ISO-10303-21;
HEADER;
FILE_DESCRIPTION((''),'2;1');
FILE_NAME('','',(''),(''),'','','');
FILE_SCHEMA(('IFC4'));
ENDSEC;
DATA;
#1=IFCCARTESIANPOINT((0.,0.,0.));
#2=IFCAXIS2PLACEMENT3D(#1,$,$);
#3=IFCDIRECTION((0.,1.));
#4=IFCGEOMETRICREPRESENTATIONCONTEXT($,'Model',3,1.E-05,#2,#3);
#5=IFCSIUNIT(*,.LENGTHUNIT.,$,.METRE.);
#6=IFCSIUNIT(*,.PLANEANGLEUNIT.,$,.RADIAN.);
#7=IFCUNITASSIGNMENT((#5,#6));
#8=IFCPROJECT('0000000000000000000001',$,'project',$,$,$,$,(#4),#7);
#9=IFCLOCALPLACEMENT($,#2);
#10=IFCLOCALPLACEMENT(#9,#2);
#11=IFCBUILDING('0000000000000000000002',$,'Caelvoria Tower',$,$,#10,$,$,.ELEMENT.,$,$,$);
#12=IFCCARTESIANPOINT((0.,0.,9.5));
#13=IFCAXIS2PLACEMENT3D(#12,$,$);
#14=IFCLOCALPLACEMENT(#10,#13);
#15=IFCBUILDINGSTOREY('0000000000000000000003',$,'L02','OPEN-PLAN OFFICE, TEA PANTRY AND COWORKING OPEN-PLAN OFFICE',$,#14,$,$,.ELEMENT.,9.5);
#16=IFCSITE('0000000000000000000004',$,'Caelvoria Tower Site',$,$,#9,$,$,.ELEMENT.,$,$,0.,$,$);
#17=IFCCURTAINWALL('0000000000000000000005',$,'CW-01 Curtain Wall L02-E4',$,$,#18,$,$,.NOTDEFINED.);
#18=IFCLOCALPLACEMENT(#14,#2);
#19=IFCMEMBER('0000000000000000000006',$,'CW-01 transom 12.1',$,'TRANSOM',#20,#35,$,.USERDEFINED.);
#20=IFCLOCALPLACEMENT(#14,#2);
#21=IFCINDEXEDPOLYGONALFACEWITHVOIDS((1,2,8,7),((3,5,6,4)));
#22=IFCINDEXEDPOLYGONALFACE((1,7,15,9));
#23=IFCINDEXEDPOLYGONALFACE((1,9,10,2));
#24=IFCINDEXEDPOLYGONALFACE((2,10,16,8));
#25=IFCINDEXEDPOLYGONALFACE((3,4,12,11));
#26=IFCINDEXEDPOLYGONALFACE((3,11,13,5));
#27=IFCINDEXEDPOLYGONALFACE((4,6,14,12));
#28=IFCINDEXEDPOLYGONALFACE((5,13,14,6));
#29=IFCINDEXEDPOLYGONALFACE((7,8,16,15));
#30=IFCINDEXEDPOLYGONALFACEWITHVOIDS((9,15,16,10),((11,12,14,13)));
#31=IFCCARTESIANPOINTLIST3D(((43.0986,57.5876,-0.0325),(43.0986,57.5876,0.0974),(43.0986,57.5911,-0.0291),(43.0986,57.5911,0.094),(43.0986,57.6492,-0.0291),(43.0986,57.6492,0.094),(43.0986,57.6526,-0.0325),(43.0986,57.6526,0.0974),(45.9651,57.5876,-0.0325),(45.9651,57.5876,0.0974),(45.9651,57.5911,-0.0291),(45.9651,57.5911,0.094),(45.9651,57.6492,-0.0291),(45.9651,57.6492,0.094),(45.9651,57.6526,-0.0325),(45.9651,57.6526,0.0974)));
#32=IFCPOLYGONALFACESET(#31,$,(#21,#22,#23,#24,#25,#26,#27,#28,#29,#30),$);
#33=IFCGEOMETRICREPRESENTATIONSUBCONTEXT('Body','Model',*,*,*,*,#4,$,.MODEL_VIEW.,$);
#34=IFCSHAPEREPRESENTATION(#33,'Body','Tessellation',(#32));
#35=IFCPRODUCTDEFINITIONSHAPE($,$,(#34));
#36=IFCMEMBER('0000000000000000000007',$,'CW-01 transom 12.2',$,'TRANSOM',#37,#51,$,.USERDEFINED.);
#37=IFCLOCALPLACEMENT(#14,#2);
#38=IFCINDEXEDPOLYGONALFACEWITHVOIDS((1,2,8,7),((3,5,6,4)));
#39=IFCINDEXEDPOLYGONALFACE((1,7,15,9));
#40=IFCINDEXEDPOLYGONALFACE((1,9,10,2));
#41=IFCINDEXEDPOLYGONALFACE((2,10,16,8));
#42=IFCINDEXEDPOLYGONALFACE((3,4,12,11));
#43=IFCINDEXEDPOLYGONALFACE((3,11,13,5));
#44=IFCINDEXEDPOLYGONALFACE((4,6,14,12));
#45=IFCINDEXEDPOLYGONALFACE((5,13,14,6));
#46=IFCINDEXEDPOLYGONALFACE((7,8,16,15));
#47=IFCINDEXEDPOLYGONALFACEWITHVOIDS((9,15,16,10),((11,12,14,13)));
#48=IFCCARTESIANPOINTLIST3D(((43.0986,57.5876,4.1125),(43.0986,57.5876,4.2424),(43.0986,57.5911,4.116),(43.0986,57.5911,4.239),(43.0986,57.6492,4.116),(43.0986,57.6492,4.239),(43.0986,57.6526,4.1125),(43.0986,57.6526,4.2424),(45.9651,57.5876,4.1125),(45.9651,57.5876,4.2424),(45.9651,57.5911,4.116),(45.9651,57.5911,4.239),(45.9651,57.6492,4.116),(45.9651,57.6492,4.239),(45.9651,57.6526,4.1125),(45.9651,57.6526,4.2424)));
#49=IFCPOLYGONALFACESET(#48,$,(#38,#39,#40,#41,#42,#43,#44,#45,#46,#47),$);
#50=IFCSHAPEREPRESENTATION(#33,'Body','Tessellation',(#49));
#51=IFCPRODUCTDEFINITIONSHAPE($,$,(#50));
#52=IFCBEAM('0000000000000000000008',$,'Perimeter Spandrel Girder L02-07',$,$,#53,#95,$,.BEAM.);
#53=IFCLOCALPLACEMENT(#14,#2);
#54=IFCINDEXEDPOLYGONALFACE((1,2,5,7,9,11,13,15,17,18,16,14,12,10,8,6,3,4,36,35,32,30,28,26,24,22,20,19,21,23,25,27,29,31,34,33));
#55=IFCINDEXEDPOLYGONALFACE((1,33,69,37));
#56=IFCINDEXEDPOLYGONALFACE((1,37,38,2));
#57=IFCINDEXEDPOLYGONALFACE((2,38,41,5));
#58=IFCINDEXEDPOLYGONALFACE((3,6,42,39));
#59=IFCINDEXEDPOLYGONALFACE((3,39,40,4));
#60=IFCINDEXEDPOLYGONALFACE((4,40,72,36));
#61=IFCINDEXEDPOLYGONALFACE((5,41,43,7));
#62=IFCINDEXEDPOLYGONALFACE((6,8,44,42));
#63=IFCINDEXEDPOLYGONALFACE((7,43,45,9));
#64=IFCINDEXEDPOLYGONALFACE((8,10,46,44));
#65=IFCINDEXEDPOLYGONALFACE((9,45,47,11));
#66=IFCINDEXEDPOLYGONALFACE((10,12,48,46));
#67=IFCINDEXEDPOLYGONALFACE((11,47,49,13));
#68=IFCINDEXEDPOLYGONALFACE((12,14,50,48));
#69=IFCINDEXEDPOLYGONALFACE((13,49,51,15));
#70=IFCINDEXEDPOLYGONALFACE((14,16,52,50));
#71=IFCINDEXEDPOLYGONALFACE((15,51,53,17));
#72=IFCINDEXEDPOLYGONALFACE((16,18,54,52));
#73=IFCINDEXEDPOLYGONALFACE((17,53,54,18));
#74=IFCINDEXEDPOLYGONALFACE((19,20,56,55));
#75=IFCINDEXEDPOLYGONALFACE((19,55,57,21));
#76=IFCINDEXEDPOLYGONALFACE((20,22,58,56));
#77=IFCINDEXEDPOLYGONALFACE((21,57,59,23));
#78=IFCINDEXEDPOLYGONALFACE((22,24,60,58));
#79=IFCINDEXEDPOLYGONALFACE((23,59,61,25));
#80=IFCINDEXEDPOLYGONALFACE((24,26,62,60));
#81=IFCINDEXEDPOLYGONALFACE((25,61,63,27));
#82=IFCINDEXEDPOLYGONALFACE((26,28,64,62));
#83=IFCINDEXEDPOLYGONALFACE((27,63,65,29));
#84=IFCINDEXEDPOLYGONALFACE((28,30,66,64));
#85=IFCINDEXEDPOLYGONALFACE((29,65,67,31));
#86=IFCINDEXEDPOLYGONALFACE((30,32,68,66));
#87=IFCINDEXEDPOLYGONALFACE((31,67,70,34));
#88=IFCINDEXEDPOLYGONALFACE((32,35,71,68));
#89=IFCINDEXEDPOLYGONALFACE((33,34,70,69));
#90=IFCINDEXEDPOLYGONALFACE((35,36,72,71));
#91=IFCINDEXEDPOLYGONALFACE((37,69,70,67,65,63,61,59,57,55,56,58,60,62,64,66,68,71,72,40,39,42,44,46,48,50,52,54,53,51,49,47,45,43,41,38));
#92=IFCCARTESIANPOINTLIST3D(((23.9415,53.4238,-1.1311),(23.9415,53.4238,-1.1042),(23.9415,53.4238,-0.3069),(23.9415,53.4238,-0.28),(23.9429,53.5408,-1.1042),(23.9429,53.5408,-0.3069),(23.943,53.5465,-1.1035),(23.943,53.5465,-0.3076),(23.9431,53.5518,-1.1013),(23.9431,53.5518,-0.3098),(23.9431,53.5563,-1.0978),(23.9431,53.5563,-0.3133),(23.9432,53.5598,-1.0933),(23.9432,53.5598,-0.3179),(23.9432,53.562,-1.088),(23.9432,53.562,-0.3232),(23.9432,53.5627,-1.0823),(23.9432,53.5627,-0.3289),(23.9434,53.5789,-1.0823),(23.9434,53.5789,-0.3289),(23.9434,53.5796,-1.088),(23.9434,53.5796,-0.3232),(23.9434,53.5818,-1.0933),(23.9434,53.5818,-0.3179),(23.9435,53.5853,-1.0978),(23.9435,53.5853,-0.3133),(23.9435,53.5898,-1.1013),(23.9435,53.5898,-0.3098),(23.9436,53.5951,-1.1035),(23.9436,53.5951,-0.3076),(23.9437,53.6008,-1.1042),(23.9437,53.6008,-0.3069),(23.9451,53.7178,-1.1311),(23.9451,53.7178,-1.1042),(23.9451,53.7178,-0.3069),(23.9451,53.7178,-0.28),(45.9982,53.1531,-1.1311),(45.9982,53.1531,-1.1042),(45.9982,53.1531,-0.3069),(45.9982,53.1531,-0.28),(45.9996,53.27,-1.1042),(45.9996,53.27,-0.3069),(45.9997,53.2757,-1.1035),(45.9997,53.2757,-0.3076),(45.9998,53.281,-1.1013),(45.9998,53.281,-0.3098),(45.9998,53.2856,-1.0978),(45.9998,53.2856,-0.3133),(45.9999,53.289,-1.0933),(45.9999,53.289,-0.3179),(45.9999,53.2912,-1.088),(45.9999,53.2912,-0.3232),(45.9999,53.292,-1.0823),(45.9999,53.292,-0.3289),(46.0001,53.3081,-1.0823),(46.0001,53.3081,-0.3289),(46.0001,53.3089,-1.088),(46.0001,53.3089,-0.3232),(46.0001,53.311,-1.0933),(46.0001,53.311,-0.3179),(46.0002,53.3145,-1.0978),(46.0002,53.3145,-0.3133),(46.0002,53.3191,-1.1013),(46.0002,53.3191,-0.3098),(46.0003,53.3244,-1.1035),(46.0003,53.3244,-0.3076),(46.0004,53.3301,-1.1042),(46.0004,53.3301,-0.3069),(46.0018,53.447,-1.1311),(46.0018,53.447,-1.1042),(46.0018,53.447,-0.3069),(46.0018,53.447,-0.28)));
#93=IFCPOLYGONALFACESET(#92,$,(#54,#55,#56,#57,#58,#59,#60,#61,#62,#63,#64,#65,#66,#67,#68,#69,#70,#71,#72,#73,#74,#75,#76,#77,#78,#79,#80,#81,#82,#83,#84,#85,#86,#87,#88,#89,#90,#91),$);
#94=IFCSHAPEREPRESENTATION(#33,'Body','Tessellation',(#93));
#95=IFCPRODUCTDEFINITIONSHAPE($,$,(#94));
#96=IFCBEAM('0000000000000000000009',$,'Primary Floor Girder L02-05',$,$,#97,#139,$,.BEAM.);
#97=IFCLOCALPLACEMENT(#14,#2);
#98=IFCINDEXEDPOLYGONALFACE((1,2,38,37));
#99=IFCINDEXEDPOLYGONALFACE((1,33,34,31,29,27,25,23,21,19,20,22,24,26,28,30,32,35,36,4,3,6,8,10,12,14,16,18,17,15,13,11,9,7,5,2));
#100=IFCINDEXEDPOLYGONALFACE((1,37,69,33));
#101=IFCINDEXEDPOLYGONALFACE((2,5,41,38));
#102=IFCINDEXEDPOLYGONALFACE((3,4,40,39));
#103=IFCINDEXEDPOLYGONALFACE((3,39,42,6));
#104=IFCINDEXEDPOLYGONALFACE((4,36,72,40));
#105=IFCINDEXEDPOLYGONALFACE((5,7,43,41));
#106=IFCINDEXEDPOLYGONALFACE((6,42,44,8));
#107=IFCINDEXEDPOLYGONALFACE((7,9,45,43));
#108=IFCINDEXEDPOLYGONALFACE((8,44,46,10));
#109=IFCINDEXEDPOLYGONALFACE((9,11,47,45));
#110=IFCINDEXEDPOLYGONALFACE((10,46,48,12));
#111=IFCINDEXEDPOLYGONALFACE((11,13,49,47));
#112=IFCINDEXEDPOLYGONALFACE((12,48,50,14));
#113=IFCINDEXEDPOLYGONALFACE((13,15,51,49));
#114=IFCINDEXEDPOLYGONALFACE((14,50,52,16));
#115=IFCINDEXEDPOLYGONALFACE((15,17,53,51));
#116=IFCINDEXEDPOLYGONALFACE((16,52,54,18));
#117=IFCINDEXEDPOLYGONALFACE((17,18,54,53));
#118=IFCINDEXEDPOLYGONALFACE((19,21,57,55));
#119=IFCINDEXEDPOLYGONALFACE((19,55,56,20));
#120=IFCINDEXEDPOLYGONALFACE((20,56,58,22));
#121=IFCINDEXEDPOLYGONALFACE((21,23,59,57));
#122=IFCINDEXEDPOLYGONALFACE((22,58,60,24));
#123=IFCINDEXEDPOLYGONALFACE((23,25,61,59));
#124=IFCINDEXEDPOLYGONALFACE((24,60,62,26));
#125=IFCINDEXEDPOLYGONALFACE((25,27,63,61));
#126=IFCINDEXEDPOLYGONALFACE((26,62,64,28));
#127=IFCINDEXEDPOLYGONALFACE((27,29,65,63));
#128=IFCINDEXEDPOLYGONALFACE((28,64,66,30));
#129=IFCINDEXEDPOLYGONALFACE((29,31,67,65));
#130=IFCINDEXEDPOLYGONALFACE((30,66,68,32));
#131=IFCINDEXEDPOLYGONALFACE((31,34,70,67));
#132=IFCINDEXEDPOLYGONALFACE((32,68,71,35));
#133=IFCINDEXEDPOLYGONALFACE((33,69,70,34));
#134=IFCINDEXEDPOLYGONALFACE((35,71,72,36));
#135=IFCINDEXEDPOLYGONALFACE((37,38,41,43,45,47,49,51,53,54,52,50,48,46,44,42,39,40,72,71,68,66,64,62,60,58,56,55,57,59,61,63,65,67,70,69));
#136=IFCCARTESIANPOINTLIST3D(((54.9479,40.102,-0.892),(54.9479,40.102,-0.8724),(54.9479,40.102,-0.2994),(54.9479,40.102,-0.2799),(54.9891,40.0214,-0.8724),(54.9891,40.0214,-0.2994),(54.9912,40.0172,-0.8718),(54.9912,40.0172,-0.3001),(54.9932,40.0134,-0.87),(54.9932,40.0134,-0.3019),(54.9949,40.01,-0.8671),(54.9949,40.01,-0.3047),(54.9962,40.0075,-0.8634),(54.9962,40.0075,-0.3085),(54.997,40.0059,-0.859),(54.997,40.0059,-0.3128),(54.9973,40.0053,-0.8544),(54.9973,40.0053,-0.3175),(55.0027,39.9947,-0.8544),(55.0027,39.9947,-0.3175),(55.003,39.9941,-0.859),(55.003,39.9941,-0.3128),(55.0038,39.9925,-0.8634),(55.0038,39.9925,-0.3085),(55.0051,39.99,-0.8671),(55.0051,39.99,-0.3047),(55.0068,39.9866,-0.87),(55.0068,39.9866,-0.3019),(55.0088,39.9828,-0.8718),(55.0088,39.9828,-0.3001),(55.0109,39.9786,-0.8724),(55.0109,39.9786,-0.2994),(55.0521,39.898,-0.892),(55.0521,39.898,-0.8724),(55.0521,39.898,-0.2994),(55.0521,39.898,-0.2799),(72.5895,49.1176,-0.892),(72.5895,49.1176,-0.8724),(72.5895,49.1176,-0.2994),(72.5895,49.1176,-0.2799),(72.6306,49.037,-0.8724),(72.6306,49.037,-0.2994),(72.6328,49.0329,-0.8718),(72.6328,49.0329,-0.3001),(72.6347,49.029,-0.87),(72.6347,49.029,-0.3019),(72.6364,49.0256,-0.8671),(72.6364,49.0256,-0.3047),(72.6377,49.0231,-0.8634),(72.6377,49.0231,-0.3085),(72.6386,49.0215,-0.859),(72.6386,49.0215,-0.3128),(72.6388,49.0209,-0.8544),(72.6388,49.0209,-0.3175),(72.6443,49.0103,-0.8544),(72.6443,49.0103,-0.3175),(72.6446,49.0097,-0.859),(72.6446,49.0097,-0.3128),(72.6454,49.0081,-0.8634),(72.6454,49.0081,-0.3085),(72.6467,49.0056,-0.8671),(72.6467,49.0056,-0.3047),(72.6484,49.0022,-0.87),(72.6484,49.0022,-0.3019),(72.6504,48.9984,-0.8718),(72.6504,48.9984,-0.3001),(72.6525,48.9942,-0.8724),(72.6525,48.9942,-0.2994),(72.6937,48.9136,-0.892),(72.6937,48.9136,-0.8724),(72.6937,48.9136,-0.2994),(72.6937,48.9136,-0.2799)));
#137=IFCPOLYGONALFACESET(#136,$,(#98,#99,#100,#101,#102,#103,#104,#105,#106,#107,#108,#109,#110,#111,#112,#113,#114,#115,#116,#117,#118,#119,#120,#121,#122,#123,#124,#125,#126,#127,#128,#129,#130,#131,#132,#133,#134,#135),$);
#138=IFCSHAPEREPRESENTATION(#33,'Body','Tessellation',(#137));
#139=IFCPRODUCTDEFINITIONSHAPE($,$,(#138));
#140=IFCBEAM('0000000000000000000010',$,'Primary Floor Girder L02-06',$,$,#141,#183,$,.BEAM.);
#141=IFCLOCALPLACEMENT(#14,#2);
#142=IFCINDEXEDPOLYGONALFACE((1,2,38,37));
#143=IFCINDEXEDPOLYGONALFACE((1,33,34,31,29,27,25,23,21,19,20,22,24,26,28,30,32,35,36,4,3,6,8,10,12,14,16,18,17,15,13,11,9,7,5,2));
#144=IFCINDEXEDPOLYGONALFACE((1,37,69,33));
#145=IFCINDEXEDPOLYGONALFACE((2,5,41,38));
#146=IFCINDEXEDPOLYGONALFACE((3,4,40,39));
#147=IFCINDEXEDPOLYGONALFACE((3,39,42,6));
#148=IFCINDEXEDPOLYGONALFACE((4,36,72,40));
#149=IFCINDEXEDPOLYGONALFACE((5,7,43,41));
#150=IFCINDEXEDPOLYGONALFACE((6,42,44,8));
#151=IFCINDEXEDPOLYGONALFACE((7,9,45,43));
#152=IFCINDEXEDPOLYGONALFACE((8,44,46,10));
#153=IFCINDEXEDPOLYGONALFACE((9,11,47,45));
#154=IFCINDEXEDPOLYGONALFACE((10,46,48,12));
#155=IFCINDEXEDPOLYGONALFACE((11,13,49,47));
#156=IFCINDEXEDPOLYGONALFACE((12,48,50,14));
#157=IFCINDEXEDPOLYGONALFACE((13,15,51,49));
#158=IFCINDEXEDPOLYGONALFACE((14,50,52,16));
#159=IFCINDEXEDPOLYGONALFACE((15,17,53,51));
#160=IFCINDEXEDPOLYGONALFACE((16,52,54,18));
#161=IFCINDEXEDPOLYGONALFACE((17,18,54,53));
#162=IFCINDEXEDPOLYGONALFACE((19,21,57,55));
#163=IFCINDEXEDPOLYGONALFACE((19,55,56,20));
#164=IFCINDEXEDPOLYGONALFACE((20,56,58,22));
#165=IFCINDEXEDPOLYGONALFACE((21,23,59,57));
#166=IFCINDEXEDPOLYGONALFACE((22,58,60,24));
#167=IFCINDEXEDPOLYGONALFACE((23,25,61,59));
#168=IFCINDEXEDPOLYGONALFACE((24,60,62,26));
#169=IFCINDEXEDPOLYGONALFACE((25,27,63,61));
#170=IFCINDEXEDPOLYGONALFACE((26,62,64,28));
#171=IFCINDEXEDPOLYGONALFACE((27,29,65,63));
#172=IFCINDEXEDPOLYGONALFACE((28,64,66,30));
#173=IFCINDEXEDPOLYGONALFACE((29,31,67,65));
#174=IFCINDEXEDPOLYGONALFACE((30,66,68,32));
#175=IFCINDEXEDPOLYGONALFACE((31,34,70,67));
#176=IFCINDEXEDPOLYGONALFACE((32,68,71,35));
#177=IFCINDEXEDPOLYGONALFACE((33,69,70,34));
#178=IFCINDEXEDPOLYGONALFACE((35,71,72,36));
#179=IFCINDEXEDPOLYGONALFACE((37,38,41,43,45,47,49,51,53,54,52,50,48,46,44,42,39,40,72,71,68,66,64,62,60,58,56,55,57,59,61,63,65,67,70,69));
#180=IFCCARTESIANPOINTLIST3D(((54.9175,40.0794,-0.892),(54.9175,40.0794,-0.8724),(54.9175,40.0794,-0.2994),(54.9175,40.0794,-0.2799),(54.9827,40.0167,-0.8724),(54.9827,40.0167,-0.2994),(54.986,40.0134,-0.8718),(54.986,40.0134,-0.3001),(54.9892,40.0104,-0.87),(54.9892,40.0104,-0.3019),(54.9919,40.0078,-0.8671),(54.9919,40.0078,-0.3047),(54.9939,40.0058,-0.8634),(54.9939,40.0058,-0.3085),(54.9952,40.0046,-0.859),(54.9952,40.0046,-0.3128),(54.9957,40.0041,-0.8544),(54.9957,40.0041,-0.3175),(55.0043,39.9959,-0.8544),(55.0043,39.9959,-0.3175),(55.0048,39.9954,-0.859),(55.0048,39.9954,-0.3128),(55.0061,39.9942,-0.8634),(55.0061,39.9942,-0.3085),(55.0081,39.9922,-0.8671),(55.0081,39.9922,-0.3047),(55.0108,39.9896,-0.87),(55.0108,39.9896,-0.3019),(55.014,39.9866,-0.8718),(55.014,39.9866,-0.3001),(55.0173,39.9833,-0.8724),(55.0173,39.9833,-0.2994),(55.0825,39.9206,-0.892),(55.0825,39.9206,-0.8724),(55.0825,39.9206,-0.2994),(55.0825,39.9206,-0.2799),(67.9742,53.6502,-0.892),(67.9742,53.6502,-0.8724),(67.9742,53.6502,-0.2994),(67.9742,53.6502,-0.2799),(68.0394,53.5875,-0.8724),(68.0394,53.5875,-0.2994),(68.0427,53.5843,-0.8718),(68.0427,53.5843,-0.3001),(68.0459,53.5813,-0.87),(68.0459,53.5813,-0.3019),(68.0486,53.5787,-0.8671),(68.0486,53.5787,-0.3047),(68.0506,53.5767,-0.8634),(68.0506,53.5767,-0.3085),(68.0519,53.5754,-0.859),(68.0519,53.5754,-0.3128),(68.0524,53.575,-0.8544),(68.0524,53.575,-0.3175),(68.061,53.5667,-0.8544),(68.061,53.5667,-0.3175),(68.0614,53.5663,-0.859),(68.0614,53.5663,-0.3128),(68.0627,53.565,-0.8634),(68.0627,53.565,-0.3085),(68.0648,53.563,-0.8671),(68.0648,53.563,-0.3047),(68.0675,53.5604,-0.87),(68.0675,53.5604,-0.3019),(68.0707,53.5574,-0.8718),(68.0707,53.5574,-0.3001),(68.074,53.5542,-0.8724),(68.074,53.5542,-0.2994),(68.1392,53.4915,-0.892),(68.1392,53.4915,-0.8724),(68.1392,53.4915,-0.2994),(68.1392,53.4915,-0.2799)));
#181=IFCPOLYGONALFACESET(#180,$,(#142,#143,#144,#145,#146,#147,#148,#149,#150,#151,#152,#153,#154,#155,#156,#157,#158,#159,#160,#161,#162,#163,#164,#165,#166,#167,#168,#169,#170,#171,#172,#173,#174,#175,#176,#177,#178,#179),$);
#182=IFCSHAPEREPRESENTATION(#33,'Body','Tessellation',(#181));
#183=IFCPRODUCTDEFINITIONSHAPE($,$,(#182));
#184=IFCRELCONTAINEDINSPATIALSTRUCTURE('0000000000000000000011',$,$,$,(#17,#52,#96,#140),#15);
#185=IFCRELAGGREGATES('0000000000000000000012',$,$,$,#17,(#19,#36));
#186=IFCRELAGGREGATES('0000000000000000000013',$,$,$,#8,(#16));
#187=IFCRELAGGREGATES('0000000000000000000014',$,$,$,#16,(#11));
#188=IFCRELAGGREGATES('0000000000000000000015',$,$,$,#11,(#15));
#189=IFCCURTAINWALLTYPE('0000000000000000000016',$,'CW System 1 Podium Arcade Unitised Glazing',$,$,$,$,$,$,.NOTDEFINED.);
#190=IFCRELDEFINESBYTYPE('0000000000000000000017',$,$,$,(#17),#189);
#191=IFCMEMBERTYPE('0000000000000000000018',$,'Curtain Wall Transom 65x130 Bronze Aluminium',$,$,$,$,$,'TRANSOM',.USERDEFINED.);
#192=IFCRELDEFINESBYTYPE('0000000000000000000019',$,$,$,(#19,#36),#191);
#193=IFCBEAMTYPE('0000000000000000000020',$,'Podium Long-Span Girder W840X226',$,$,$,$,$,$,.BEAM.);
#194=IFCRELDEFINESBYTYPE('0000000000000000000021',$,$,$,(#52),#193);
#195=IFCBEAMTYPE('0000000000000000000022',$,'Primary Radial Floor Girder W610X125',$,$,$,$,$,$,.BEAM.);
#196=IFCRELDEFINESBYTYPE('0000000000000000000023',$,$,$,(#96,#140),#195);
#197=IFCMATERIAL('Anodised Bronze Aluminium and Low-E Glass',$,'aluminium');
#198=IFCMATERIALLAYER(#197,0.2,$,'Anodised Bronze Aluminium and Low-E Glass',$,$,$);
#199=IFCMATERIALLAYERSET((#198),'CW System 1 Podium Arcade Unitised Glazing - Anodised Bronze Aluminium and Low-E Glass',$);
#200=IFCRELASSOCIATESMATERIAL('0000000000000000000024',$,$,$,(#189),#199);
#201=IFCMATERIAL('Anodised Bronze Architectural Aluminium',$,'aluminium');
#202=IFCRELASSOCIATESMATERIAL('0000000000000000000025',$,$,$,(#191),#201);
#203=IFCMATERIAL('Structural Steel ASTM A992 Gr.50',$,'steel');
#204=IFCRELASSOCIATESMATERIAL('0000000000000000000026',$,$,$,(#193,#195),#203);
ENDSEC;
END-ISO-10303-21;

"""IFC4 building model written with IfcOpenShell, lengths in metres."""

from ifc_helpers import new_model, si_unit, direction, frame, origin, origin_2d, place, context, subcontext, project, spatial, hollow_rectangle, i_section, extrude, material, layer, layer_set, material_profile, profile_set, type_object, element, aggregate, save


model = new_model("IFC4")

# Units and contexts
model_context = context("Model", 3, precision=1e-05, world=origin(), true_north=direction((0.0, 1.0)))
body_context = subcontext(model_context, "Body", "Model", "MODEL_VIEW")
ifc_project = project(units=[si_unit("LENGTHUNIT", "METRE"), si_unit("PLANEANGLEUNIT", "RADIAN")], contexts=[model_context])

# Site, building, storey
site_placement = place(None, origin())
site = spatial("IfcSite", under=ifc_project, at=site_placement, Name="Caelvoria Tower Site", CompositionType="ELEMENT", RefElevation=0.0)
building_placement = place(site_placement, origin())
building = spatial("IfcBuilding", under=site, at=building_placement, Name="Caelvoria Tower", CompositionType="ELEMENT")
storey_placement = place(building_placement, frame((0.0, 0.0, 9.5)))
storey = spatial("IfcBuildingStorey", under=building, at=storey_placement, Name="L02", Description="OPEN-PLAN OFFICE, TEA PANTRY AND COWORKING OPEN-PLAN OFFICE", CompositionType="ELEMENT", Elevation=9.5)

# Shared definitions
ifc_material_1 = material(Name="Structural Steel ASTM A992 Gr.50", Category="steel")

# Curtain wall, members
ifc_material_2 = material(Name="Anodised Bronze Aluminium and Low-E Glass", Category="aluminium")
ifc_layer_1 = layer(ifc_material_2, 0.2, Name="Anodised Bronze Aluminium and Low-E Glass")
ifc_layer_set_1 = layer_set([ifc_layer_1], Name="CW System 1 Podium Arcade Unitised Glazing - Anodised Bronze Aluminium and Low-E Glass")
curtain_wall_type = type_object("IfcCurtainWallType", Name="CW System 1 Podium Arcade Unitised Glazing", PredefinedType="NOTDEFINED", material=ifc_layer_set_1)
curtain_wall_placement = place(storey_placement, origin())
curtain_wall = element("IfcCurtainWall", 1, at=curtain_wall_placement, inside=storey, type_object=curtain_wall_type, Name="CW-01 Curtain Wall L02-E4", PredefinedType="NOTDEFINED")
ifc_material_3 = material(Name="Anodised Bronze Architectural Aluminium", Category="aluminium")
ifc_material_profile_1 = material_profile(ifc_material_3, hollow_rectangle(XDim=0.0649, YDim=0.1299, WallThickness=0.0034, at=origin_2d()), Name="Anodised Bronze Architectural Aluminium")
ifc_profile_set_1 = profile_set([ifc_material_profile_1], Name="CW_TRAN_65X130 - Anodised Bronze Architectural Aluminium")
member_type = type_object("IfcMemberType", Name="Curtain Wall Transom 65x130 Bronze Aluminium", ElementType="TRANSOM", PredefinedType="USERDEFINED", material=ifc_profile_set_1)
member_1_placement = place(storey_placement, frame((45.9651, 57.6201, 0.0325), z_axis=(-1.0, 0.0, 0.0), x_axis=(0.0, -1.0, 0.0)))
member_1 = element("IfcMember", 2, at=member_1_placement, type_object=member_type, Name="CW-01 transom 12.1", ObjectType="TRANSOM", PredefinedType="USERDEFINED", context=body_context, shape_type="SweptSolid", body=[
    extrude(hollow_rectangle(XDim=0.0649, YDim=0.1299, WallThickness=0.0034, at=origin_2d()), origin(), (0.0, 0.0, 1.0), 2.8665),
])
member_2_placement = place(storey_placement, frame((45.9651, 57.6201, 4.1775), z_axis=(-1.0, 0.0, 0.0), x_axis=(0.0, -1.0, 0.0)))
member_2 = element("IfcMember", 3, at=member_2_placement, type_object=member_type, Name="CW-01 transom 12.2", ObjectType="TRANSOM", PredefinedType="USERDEFINED", context=body_context, shape_type="SweptSolid", body=[
    extrude(hollow_rectangle(XDim=0.0649, YDim=0.1299, WallThickness=0.0034, at=origin_2d()), origin(), (0.0, 0.0, 1.0), 2.8665),
])

# Beams
ifc_material_profile_2 = material_profile(ifc_material_1, i_section(OverallWidth=0.2939, OverallDepth=0.8511, WebThickness=0.0161, FlangeThickness=0.0269, FilletRadius=0.022, at=origin_2d()), Name="Structural Steel ASTM A992 Gr.50")
ifc_profile_set_2 = profile_set([ifc_material_profile_2], Name="W840X226 - Structural Steel ASTM A992 Gr.50")
beam_type_1 = type_object("IfcBeamType", Name="Podium Long-Span Girder W840X226", PredefinedType="BEAM", material=ifc_profile_set_2)
beam_1_placement = place(storey_placement, frame((46.0, 53.3, -0.7056), z_axis=(-0.999925, 0.012274, 0.0), x_axis=(-0.012274, -0.999925, 0.0)))
element("IfcBeam", 4, at=beam_1_placement, inside=storey, type_object=beam_type_1, Name="Perimeter Spandrel Girder L02-07", PredefinedType="BEAM", context=body_context, shape_type="SweptSolid", body=[
    extrude(i_section(OverallWidth=0.2939, OverallDepth=0.8511, WebThickness=0.0161, FlangeThickness=0.0269, FilletRadius=0.022, at=origin_2d()), origin(), (0.0, 0.0, 1.0), 22.0583),
])
ifc_material_profile_3 = material_profile(ifc_material_1, i_section(OverallWidth=0.229, OverallDepth=0.6121, WebThickness=0.012, FlangeThickness=0.0195, FilletRadius=0.0181, at=origin_2d()), Name="Structural Steel ASTM A992 Gr.50")
ifc_profile_set_3 = profile_set([ifc_material_profile_3], Name="W610X125 - Structural Steel ASTM A992 Gr.50")
beam_type_2 = type_object("IfcBeamType", Name="Primary Radial Floor Girder W610X125", PredefinedType="BEAM", material=ifc_profile_set_3)
beam_2_placement = place(storey_placement, frame((55.0, 40.0, -0.5859), z_axis=(0.890459, 0.455063, 0.0), x_axis=(-0.455063, 0.890459, 0.0)))
element("IfcBeam", 5, at=beam_2_placement, inside=storey, type_object=beam_type_2, Name="Primary Floor Girder L02-05", PredefinedType="BEAM", context=body_context, shape_type="SweptSolid", body=[
    extrude(i_section(OverallWidth=0.229, OverallDepth=0.6121, WebThickness=0.012, FlangeThickness=0.0195, FilletRadius=0.0181, at=origin_2d()), origin(), (0.0, 0.0, 1.0), 19.8118),
])
beam_3_placement = place(storey_placement, frame((55.0, 40.0, -0.5859), z_axis=(0.693324, 0.720626, 0.0), x_axis=(-0.720626, 0.693324, 0.0)))
element("IfcBeam", 6, at=beam_3_placement, inside=storey, type_object=beam_type_2, Name="Primary Floor Girder L02-06", PredefinedType="BEAM", context=body_context, shape_type="SweptSolid", body=[
    extrude(i_section(OverallWidth=0.229, OverallDepth=0.6121, WebThickness=0.012, FlangeThickness=0.0195, FilletRadius=0.0181, at=origin_2d()), origin(), (0.0, 0.0, 1.0), 18.832),
])

aggregate(curtain_wall, [member_1, member_2])

save(model, "model.ifc")
